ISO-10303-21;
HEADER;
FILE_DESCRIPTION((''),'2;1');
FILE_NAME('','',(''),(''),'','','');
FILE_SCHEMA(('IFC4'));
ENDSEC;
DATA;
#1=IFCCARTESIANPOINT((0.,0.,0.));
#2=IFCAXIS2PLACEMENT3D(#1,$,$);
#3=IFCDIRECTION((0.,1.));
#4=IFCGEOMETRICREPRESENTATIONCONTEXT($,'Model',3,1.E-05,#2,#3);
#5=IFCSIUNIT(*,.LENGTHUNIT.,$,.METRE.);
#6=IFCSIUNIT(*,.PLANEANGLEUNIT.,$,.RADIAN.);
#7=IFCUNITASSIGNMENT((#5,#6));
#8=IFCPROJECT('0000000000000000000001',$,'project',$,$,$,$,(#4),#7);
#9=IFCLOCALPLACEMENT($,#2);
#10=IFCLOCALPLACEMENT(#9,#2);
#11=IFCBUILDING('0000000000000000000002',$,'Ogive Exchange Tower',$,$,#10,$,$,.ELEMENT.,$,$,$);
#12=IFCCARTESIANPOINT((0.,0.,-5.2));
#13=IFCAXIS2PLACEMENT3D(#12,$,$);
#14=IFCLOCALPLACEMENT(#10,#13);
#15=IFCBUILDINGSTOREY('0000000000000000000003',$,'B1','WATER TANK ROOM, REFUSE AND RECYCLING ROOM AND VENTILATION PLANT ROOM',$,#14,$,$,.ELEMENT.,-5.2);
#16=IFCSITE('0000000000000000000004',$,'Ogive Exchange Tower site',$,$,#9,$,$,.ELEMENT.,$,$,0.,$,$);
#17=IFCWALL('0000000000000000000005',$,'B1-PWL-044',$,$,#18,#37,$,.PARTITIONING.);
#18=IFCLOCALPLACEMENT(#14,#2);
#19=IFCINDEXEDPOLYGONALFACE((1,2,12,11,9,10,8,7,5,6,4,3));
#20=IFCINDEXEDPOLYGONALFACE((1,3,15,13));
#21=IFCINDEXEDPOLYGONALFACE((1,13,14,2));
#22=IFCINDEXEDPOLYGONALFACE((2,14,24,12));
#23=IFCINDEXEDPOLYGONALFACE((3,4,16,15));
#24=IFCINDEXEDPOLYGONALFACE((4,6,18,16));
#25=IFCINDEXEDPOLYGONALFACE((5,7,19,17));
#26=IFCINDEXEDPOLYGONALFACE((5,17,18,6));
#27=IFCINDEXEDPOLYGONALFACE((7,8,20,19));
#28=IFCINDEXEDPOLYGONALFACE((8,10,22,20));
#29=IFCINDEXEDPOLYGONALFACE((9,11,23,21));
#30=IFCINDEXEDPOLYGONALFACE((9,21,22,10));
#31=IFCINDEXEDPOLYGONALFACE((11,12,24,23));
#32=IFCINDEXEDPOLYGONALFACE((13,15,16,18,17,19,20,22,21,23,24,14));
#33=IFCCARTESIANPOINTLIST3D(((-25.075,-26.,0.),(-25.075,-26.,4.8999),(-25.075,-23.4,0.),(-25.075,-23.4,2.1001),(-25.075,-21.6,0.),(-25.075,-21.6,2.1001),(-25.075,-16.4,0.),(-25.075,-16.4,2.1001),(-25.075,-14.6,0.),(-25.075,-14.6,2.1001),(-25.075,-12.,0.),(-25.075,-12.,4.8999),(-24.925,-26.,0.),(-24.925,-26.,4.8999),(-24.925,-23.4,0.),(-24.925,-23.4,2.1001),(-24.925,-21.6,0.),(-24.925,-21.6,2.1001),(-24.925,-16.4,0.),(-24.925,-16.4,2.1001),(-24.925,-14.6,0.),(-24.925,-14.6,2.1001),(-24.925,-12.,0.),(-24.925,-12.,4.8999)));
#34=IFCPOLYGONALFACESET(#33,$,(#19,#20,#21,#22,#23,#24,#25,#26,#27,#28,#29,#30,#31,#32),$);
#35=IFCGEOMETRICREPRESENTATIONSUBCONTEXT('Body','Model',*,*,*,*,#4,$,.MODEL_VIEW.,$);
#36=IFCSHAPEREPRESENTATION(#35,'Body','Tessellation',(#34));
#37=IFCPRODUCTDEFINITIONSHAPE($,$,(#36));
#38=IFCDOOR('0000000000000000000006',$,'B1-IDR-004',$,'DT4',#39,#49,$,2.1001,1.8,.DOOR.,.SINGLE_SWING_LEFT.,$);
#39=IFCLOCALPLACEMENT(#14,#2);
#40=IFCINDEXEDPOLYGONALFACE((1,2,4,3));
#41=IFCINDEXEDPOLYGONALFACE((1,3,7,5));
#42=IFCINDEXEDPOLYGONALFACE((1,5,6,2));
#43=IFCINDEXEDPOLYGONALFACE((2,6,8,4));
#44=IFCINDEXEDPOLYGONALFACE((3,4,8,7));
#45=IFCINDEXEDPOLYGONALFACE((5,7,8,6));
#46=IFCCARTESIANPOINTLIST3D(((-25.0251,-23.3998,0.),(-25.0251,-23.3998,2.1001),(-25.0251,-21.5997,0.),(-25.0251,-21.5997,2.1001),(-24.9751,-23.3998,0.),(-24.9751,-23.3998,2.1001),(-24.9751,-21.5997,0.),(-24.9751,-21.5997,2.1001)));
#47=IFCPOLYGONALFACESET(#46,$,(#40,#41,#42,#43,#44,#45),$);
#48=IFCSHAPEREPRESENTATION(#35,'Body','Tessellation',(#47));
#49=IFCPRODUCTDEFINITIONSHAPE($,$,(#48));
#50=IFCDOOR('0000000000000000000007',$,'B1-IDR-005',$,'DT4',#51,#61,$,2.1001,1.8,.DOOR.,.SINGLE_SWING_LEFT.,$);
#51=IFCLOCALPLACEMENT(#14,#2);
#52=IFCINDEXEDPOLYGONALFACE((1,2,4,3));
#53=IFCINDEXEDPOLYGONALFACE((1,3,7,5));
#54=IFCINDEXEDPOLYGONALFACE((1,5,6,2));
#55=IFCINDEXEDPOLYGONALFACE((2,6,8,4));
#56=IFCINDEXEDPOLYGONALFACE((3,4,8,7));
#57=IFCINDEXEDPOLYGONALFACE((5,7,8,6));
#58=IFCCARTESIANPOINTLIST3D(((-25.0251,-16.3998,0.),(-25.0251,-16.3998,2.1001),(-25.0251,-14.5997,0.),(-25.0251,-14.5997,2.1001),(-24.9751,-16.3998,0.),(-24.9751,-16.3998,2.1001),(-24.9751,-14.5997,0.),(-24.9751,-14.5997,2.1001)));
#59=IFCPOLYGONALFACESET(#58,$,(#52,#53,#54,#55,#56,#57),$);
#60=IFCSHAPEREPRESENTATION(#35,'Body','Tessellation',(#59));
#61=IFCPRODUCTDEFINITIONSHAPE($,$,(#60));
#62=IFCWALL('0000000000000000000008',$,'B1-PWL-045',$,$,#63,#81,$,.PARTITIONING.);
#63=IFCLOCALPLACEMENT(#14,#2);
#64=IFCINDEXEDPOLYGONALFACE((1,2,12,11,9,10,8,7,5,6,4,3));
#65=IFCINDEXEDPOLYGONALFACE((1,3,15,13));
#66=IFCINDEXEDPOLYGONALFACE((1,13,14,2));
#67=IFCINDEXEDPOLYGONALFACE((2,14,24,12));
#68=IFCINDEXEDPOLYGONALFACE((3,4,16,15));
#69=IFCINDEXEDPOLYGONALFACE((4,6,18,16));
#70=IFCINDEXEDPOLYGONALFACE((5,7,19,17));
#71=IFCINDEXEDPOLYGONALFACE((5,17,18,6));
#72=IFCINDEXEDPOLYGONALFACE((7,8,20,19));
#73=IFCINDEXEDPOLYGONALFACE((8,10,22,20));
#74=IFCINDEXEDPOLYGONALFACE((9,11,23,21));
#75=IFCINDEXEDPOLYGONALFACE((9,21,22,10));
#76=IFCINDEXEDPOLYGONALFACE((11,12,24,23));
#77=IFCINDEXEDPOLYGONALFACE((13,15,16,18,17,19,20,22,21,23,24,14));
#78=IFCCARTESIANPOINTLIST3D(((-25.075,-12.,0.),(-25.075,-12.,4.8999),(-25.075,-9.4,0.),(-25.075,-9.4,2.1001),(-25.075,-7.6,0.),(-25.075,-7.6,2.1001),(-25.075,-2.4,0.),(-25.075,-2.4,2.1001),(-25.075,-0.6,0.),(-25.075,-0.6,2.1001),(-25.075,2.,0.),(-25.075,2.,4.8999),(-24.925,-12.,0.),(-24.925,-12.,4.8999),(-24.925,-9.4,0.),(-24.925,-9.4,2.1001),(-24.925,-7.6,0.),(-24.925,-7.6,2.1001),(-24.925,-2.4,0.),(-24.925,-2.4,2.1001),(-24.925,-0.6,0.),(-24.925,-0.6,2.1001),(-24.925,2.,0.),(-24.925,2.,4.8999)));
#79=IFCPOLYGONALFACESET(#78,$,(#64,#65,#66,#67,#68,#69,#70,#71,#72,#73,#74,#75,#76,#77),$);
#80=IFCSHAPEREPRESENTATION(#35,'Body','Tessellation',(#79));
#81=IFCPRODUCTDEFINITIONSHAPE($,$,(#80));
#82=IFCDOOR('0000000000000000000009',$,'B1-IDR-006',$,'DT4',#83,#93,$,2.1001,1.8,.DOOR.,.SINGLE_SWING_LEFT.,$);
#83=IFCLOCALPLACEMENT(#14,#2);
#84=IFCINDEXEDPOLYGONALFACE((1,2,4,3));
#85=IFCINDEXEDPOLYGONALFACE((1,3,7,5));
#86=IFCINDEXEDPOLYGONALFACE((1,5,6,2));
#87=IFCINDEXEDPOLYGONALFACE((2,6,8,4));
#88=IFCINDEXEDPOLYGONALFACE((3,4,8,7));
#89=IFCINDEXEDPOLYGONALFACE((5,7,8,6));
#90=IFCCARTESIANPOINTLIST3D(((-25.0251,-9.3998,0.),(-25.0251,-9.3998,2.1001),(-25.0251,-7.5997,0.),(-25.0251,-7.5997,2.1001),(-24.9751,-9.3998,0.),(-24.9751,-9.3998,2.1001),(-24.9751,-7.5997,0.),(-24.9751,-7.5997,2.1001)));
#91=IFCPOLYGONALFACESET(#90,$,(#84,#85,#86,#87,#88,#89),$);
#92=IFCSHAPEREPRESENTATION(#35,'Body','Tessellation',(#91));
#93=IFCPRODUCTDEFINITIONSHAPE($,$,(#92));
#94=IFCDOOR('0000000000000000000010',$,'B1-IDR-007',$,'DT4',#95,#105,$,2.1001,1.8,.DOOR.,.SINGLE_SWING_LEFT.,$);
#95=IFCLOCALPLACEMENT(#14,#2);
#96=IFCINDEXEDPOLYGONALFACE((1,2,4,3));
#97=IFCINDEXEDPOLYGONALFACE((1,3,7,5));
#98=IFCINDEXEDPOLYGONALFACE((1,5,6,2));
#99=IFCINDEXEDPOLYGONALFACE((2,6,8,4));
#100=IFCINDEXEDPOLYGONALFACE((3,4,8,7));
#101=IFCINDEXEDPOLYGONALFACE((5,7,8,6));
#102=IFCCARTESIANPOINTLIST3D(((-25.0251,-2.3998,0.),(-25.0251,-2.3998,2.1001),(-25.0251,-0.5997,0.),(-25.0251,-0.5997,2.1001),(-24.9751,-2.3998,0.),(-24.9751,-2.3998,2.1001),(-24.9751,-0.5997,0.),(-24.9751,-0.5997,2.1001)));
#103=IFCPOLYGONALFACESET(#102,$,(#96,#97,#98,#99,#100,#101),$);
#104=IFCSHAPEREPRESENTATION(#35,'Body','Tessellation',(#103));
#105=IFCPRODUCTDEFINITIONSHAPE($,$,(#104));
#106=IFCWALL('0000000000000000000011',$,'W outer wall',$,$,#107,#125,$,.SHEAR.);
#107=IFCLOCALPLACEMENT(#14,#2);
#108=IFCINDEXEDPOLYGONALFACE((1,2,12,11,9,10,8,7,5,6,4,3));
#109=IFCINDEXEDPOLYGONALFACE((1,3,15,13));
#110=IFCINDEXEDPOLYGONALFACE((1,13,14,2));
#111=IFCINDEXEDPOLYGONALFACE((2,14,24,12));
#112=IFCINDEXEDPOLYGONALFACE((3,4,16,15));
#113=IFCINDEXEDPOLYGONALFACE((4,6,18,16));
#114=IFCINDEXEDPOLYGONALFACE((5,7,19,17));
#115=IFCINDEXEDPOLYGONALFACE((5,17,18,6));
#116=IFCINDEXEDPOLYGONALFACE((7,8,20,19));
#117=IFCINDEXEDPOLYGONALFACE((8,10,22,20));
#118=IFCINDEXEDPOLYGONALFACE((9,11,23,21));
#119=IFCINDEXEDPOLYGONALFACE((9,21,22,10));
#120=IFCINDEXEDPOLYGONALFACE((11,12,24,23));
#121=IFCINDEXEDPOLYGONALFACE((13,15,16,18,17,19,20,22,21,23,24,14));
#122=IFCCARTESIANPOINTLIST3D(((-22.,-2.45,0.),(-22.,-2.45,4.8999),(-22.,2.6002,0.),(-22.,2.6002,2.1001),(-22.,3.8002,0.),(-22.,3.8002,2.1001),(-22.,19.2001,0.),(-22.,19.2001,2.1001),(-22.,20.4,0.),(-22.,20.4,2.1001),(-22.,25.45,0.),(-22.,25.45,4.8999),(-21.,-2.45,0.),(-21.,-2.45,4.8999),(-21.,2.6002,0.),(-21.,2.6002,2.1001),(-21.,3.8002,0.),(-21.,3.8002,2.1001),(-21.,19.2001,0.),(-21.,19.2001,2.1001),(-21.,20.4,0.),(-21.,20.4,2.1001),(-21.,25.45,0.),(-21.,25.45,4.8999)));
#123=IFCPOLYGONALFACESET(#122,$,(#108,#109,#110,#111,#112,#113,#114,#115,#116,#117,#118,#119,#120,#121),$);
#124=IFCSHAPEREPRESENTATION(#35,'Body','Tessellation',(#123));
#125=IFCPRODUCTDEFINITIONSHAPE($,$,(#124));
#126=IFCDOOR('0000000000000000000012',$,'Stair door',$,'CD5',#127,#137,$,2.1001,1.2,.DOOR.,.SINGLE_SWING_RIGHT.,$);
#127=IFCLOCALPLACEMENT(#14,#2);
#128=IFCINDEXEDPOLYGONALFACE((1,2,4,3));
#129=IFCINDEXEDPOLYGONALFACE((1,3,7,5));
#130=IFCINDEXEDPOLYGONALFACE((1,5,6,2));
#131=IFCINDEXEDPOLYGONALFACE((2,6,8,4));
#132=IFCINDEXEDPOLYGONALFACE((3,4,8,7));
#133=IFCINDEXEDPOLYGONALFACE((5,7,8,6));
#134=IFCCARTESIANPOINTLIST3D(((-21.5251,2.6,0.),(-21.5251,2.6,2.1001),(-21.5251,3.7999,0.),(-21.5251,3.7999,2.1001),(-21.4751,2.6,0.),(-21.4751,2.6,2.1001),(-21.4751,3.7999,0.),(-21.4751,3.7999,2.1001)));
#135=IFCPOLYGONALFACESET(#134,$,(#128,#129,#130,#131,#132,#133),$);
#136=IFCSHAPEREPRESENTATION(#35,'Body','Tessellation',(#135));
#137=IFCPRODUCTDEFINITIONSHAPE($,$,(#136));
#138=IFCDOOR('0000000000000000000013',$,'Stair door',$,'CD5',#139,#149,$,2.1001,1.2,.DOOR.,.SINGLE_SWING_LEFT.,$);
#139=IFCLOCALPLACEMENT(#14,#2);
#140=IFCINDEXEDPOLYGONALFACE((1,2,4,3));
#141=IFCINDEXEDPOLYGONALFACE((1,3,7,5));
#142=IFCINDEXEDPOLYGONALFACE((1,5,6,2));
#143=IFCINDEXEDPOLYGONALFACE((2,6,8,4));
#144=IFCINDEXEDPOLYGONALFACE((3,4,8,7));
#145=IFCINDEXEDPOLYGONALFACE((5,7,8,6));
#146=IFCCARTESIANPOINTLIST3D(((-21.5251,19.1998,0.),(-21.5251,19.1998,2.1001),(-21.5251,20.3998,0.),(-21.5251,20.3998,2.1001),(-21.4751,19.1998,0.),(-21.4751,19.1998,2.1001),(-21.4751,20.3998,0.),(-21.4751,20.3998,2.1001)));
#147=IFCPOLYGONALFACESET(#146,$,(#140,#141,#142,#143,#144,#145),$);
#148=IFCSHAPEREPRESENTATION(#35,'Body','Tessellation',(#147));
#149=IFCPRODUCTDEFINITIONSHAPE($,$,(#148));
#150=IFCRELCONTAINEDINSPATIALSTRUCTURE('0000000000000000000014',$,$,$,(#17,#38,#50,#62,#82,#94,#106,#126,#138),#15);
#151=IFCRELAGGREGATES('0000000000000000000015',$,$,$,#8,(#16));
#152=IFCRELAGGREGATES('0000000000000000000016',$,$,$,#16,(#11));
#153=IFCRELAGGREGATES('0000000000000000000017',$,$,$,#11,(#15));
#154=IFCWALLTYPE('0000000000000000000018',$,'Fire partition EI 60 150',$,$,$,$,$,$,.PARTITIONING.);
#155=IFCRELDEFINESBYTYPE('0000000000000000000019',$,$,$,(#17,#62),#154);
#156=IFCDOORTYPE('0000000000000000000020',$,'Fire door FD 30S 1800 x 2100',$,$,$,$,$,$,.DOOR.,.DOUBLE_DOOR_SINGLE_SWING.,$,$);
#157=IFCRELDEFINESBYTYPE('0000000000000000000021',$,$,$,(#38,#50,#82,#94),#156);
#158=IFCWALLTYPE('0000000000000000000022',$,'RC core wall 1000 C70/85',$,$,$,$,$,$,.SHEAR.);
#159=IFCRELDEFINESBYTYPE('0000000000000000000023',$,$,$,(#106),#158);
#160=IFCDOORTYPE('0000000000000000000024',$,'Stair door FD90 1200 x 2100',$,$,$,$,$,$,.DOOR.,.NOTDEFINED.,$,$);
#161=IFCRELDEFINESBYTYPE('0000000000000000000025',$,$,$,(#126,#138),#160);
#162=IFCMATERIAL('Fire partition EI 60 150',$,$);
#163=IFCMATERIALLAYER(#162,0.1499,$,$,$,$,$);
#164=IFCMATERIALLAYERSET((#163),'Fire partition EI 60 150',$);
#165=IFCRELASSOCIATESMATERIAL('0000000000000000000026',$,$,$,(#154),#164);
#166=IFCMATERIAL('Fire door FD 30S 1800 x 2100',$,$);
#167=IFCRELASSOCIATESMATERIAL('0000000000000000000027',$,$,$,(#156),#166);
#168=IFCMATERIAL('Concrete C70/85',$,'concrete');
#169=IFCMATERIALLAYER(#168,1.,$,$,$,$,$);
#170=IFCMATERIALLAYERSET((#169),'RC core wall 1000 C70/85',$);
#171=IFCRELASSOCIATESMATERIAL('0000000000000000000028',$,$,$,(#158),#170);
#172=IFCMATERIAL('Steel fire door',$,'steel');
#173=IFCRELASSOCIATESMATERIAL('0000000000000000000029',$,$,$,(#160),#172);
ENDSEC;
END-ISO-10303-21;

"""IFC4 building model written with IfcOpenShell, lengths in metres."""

from ifc_helpers import new_model, si_unit, direction, frame, frame_2d, origin, place, context, subcontext, project, spatial, rectangle, extrude, material, layer, layer_set, type_object, element, fill, save


model = new_model("IFC4")

# Units and contexts
model_context = context("Model", 3, precision=1e-05, world=origin(), true_north=direction((0.0, 1.0)))
body_context = subcontext(model_context, "Body", "Model", "MODEL_VIEW")
ifc_project = project(units=[si_unit("LENGTHUNIT", "METRE"), si_unit("PLANEANGLEUNIT", "RADIAN")], contexts=[model_context])

# Site, building, storey
site_placement = place(None, origin())
site = spatial("IfcSite", under=ifc_project, at=site_placement, Name="Ogive Exchange Tower site", CompositionType="ELEMENT", RefElevation=0.0)
building_placement = place(site_placement, origin())
building = spatial("IfcBuilding", under=site, at=building_placement, Name="Ogive Exchange Tower", CompositionType="ELEMENT")
storey_placement = place(building_placement, frame((0.0, 0.0, -5.2)))
storey = spatial("IfcBuildingStorey", under=building, at=storey_placement, Name="B1", Description="WATER TANK ROOM, REFUSE AND RECYCLING ROOM AND VENTILATION PLANT ROOM", CompositionType="ELEMENT", Elevation=-5.2)

# Shared definitions
ifc_material_1 = material(Name="Concrete C70/85", Category="concrete")

# Walls, openings, doors
ifc_material_2 = material(Name="Fire partition EI 60 150")
ifc_layer_1 = layer(ifc_material_2, 0.1499)
ifc_layer_set_1 = layer_set([ifc_layer_1], Name="Fire partition EI 60 150")
wall_type_1 = type_object("IfcWallType", Name="Fire partition EI 60 150", PredefinedType="PARTITIONING", material=ifc_layer_set_1)
wall_1_placement = place(storey_placement, frame((-25.0, -26.0, 0.0), z_axis=(0.0, 0.0, 1.0), x_axis=(0.0, 1.0, 0.0)))
wall_1 = element("IfcWall", 1, at=wall_1_placement, inside=storey, type_object=wall_type_1, Name="B1-PWL-044", PredefinedType="PARTITIONING", context=body_context, shape_type="SweptSolid", body=[
    extrude(rectangle(XDim=14.0, YDim=0.1499, at=frame_2d((7.0, 0.0))), origin(), (0.0, 0.0, 1.0), 4.8999),
])
opening_1_placement = place(wall_1_placement, frame((2.6001, 0.0, 0.0)))
opening_1 = element("IfcOpeningElement", 2, at=opening_1_placement, cuts=wall_1, PredefinedType="OPENING", context=body_context, shape_type="SweptSolid", body=[
    extrude(rectangle(XDim=1.8, YDim=2.1001, at=frame_2d((0.8999, 1.05))), frame((0.0, 0.085, 0.0), z_axis=(0.0, -1.0, 0.0), x_axis=(1.0, 0.0, 0.0)), (0.0, 0.0, 1.0), 0.1699),
])
opening_2_placement = place(wall_1_placement, frame((9.6001, 0.0, 0.0)))
opening_2 = element("IfcOpeningElement", 3, at=opening_2_placement, cuts=wall_1, PredefinedType="OPENING", context=body_context, shape_type="SweptSolid", body=[
    extrude(rectangle(XDim=1.8, YDim=2.1001, at=frame_2d((0.8999, 1.05))), frame((0.0, 0.085, 0.0), z_axis=(0.0, -1.0, 0.0), x_axis=(1.0, 0.0, 0.0)), (0.0, 0.0, 1.0), 0.1699),
])
ifc_material_3 = material(Name="Fire door FD 30S 1800 x 2100")
door_type_1 = type_object("IfcDoorType", Name="Fire door FD 30S 1800 x 2100", OperationType="DOUBLE_DOOR_SINGLE_SWING", PredefinedType="DOOR", material=ifc_material_3)
door_1_placement = place(opening_1_placement, frame((1.8, 0.0, 0.0), z_axis=(0.0, 0.0, 1.0), x_axis=(-1.0, 0.0, 0.0)))
door_1 = element("IfcDoor", 4, at=door_1_placement, inside=storey, type_object=door_type_1, Name="B1-IDR-004", ObjectType="DT4", OperationType="SINGLE_SWING_LEFT", OverallHeight=2.1001, OverallWidth=1.8, PredefinedType="DOOR", context=body_context, shape_type="SweptSolid", body=[
    extrude(rectangle(XDim=1.8, YDim=2.1001, at=frame_2d((0.8999, 1.05))), frame((0.0, 0.0249, 0.0), z_axis=(0.0, -1.0, 0.0), x_axis=(1.0, 0.0, 0.0)), (0.0, 0.0, 1.0), 0.05),
])
fill(opening_1, door_1)
door_2_placement = place(opening_2_placement, frame((1.8, 0.0, 0.0), z_axis=(0.0, 0.0, 1.0), x_axis=(-1.0, 0.0, 0.0)))
door_2 = element("IfcDoor", 5, at=door_2_placement, inside=storey, type_object=door_type_1, Name="B1-IDR-005", ObjectType="DT4", OperationType="SINGLE_SWING_LEFT", OverallHeight=2.1001, OverallWidth=1.8, PredefinedType="DOOR", context=body_context, shape_type="SweptSolid", body=[
    extrude(rectangle(XDim=1.8, YDim=2.1001, at=frame_2d((0.8999, 1.05))), frame((0.0, 0.0249, 0.0), z_axis=(0.0, -1.0, 0.0), x_axis=(1.0, 0.0, 0.0)), (0.0, 0.0, 1.0), 0.05),
])
fill(opening_2, door_2)
wall_2_placement = place(storey_placement, frame((-25.0, -12.0, 0.0), z_axis=(0.0, 0.0, 1.0), x_axis=(0.0, 1.0, 0.0)))
wall_2 = element("IfcWall", 6, at=wall_2_placement, inside=storey, type_object=wall_type_1, Name="B1-PWL-045", PredefinedType="PARTITIONING", context=body_context, shape_type="SweptSolid", body=[
    extrude(rectangle(XDim=14.0, YDim=0.1499, at=frame_2d((7.0, 0.0))), origin(), (0.0, 0.0, 1.0), 4.8999),
])
opening_3_placement = place(wall_2_placement, frame((2.6001, 0.0, 0.0)))
opening_3 = element("IfcOpeningElement", 7, at=opening_3_placement, cuts=wall_2, PredefinedType="OPENING", context=body_context, shape_type="SweptSolid", body=[
    extrude(rectangle(XDim=1.8, YDim=2.1001, at=frame_2d((0.8999, 1.05))), frame((0.0, 0.085, 0.0), z_axis=(0.0, -1.0, 0.0), x_axis=(1.0, 0.0, 0.0)), (0.0, 0.0, 1.0), 0.1699),
])
opening_4_placement = place(wall_2_placement, frame((9.6001, 0.0, 0.0)))
opening_4 = element("IfcOpeningElement", 8, at=opening_4_placement, cuts=wall_2, PredefinedType="OPENING", context=body_context, shape_type="SweptSolid", body=[
    extrude(rectangle(XDim=1.8, YDim=2.1001, at=frame_2d((0.8999, 1.05))), frame((0.0, 0.085, 0.0), z_axis=(0.0, -1.0, 0.0), x_axis=(1.0, 0.0, 0.0)), (0.0, 0.0, 1.0), 0.1699),
])
door_3_placement = place(opening_3_placement, frame((1.8, 0.0, 0.0), z_axis=(0.0, 0.0, 1.0), x_axis=(-1.0, 0.0, 0.0)))
door_3 = element("IfcDoor", 9, at=door_3_placement, inside=storey, type_object=door_type_1, Name="B1-IDR-006", ObjectType="DT4", OperationType="SINGLE_SWING_LEFT", OverallHeight=2.1001, OverallWidth=1.8, PredefinedType="DOOR", context=body_context, shape_type="SweptSolid", body=[
    extrude(rectangle(XDim=1.8, YDim=2.1001, at=frame_2d((0.8999, 1.05))), frame((0.0, 0.0249, 0.0), z_axis=(0.0, -1.0, 0.0), x_axis=(1.0, 0.0, 0.0)), (0.0, 0.0, 1.0), 0.05),
])
fill(opening_3, door_3)
door_4_placement = place(opening_4_placement, frame((1.8, 0.0, 0.0), z_axis=(0.0, 0.0, 1.0), x_axis=(-1.0, 0.0, 0.0)))
door_4 = element("IfcDoor", 10, at=door_4_placement, inside=storey, type_object=door_type_1, Name="B1-IDR-007", ObjectType="DT4", OperationType="SINGLE_SWING_LEFT", OverallHeight=2.1001, OverallWidth=1.8, PredefinedType="DOOR", context=body_context, shape_type="SweptSolid", body=[
    extrude(rectangle(XDim=1.8, YDim=2.1001, at=frame_2d((0.8999, 1.05))), frame((0.0, 0.0249, 0.0), z_axis=(0.0, -1.0, 0.0), x_axis=(1.0, 0.0, 0.0)), (0.0, 0.0, 1.0), 0.05),
])
fill(opening_4, door_4)
ifc_layer_2 = layer(ifc_material_1, 1.0)
ifc_layer_set_2 = layer_set([ifc_layer_2], Name="RC core wall 1000 C70/85")
wall_type_2 = type_object("IfcWallType", Name="RC core wall 1000 C70/85", PredefinedType="SHEAR", material=ifc_layer_set_2)
wall_3_placement = place(storey_placement, frame((-21.5, -2.45, 0.0), z_axis=(0.0, 0.0, 1.0), x_axis=(0.0, 1.0, 0.0)))
wall_3 = element("IfcWall", 11, at=wall_3_placement, inside=storey, type_object=wall_type_2, Name="W outer wall", PredefinedType="SHEAR", context=body_context, shape_type="SweptSolid", body=[
    extrude(rectangle(XDim=27.8999, YDim=1.0, at=frame_2d((13.95, 0.0))), origin(), (0.0, 0.0, 1.0), 4.8999),
])
opening_5_placement = place(wall_3_placement, frame((5.05, 0.0, 0.0)))
opening_5 = element("IfcOpeningElement", 12, at=opening_5_placement, cuts=wall_3, PredefinedType="OPENING", context=body_context, shape_type="SweptSolid", body=[
    extrude(rectangle(XDim=1.2, YDim=2.1001, at=frame_2d((0.6001, 1.05))), frame((0.0, 0.51, 0.0), z_axis=(0.0, -1.0, 0.0), x_axis=(1.0, 0.0, 0.0)), (0.0, 0.0, 1.0), 1.02),
])
opening_6_placement = place(wall_3_placement, frame((21.6499, 0.0, 0.0)))
opening_6 = element("IfcOpeningElement", 13, at=opening_6_placement, cuts=wall_3, PredefinedType="OPENING", context=body_context, shape_type="SweptSolid", body=[
    extrude(rectangle(XDim=1.2, YDim=2.1001, at=frame_2d((0.6001, 1.05))), frame((0.0, 0.51, 0.0), z_axis=(0.0, -1.0, 0.0), x_axis=(1.0, 0.0, 0.0)), (0.0, 0.0, 1.0), 1.02),
])
ifc_material_4 = material(Name="Steel fire door", Category="steel")
door_type_2 = type_object("IfcDoorType", Name="Stair door FD90 1200 x 2100", OperationType="NOTDEFINED", PredefinedType="DOOR", material=ifc_material_4)
door_5_placement = place(opening_5_placement, frame((1.2, 0.0, 0.0), z_axis=(0.0, 0.0, 1.0), x_axis=(-1.0, 0.0, 0.0)))
door_5 = element("IfcDoor", 14, at=door_5_placement, inside=storey, type_object=door_type_2, Name="Stair door", ObjectType="CD5", OperationType="SINGLE_SWING_RIGHT", OverallHeight=2.1001, OverallWidth=1.2, PredefinedType="DOOR", context=body_context, shape_type="SweptSolid", body=[
    extrude(rectangle(XDim=1.2, YDim=2.1001, at=frame_2d((0.6001, 1.05))), frame((0.0, 0.0249, 0.0), z_axis=(0.0, -1.0, 0.0), x_axis=(1.0, 0.0, 0.0)), (0.0, 0.0, 1.0), 0.05),
])
fill(opening_5, door_5)
door_6_placement = place(opening_6_placement, frame((1.2, 0.0, 0.0), z_axis=(0.0, 0.0, 1.0), x_axis=(-1.0, 0.0, 0.0)))
door_6 = element("IfcDoor", 15, at=door_6_placement, inside=storey, type_object=door_type_2, Name="Stair door", ObjectType="CD5", OperationType="SINGLE_SWING_LEFT", OverallHeight=2.1001, OverallWidth=1.2, PredefinedType="DOOR", context=body_context, shape_type="SweptSolid", body=[
    extrude(rectangle(XDim=1.2, YDim=2.1001, at=frame_2d((0.6001, 1.05))), frame((0.0, 0.0249, 0.0), z_axis=(0.0, -1.0, 0.0), x_axis=(1.0, 0.0, 0.0)), (0.0, 0.0, 1.0), 0.05),
])
fill(opening_6, door_6)

save(model, "model.ifc")
